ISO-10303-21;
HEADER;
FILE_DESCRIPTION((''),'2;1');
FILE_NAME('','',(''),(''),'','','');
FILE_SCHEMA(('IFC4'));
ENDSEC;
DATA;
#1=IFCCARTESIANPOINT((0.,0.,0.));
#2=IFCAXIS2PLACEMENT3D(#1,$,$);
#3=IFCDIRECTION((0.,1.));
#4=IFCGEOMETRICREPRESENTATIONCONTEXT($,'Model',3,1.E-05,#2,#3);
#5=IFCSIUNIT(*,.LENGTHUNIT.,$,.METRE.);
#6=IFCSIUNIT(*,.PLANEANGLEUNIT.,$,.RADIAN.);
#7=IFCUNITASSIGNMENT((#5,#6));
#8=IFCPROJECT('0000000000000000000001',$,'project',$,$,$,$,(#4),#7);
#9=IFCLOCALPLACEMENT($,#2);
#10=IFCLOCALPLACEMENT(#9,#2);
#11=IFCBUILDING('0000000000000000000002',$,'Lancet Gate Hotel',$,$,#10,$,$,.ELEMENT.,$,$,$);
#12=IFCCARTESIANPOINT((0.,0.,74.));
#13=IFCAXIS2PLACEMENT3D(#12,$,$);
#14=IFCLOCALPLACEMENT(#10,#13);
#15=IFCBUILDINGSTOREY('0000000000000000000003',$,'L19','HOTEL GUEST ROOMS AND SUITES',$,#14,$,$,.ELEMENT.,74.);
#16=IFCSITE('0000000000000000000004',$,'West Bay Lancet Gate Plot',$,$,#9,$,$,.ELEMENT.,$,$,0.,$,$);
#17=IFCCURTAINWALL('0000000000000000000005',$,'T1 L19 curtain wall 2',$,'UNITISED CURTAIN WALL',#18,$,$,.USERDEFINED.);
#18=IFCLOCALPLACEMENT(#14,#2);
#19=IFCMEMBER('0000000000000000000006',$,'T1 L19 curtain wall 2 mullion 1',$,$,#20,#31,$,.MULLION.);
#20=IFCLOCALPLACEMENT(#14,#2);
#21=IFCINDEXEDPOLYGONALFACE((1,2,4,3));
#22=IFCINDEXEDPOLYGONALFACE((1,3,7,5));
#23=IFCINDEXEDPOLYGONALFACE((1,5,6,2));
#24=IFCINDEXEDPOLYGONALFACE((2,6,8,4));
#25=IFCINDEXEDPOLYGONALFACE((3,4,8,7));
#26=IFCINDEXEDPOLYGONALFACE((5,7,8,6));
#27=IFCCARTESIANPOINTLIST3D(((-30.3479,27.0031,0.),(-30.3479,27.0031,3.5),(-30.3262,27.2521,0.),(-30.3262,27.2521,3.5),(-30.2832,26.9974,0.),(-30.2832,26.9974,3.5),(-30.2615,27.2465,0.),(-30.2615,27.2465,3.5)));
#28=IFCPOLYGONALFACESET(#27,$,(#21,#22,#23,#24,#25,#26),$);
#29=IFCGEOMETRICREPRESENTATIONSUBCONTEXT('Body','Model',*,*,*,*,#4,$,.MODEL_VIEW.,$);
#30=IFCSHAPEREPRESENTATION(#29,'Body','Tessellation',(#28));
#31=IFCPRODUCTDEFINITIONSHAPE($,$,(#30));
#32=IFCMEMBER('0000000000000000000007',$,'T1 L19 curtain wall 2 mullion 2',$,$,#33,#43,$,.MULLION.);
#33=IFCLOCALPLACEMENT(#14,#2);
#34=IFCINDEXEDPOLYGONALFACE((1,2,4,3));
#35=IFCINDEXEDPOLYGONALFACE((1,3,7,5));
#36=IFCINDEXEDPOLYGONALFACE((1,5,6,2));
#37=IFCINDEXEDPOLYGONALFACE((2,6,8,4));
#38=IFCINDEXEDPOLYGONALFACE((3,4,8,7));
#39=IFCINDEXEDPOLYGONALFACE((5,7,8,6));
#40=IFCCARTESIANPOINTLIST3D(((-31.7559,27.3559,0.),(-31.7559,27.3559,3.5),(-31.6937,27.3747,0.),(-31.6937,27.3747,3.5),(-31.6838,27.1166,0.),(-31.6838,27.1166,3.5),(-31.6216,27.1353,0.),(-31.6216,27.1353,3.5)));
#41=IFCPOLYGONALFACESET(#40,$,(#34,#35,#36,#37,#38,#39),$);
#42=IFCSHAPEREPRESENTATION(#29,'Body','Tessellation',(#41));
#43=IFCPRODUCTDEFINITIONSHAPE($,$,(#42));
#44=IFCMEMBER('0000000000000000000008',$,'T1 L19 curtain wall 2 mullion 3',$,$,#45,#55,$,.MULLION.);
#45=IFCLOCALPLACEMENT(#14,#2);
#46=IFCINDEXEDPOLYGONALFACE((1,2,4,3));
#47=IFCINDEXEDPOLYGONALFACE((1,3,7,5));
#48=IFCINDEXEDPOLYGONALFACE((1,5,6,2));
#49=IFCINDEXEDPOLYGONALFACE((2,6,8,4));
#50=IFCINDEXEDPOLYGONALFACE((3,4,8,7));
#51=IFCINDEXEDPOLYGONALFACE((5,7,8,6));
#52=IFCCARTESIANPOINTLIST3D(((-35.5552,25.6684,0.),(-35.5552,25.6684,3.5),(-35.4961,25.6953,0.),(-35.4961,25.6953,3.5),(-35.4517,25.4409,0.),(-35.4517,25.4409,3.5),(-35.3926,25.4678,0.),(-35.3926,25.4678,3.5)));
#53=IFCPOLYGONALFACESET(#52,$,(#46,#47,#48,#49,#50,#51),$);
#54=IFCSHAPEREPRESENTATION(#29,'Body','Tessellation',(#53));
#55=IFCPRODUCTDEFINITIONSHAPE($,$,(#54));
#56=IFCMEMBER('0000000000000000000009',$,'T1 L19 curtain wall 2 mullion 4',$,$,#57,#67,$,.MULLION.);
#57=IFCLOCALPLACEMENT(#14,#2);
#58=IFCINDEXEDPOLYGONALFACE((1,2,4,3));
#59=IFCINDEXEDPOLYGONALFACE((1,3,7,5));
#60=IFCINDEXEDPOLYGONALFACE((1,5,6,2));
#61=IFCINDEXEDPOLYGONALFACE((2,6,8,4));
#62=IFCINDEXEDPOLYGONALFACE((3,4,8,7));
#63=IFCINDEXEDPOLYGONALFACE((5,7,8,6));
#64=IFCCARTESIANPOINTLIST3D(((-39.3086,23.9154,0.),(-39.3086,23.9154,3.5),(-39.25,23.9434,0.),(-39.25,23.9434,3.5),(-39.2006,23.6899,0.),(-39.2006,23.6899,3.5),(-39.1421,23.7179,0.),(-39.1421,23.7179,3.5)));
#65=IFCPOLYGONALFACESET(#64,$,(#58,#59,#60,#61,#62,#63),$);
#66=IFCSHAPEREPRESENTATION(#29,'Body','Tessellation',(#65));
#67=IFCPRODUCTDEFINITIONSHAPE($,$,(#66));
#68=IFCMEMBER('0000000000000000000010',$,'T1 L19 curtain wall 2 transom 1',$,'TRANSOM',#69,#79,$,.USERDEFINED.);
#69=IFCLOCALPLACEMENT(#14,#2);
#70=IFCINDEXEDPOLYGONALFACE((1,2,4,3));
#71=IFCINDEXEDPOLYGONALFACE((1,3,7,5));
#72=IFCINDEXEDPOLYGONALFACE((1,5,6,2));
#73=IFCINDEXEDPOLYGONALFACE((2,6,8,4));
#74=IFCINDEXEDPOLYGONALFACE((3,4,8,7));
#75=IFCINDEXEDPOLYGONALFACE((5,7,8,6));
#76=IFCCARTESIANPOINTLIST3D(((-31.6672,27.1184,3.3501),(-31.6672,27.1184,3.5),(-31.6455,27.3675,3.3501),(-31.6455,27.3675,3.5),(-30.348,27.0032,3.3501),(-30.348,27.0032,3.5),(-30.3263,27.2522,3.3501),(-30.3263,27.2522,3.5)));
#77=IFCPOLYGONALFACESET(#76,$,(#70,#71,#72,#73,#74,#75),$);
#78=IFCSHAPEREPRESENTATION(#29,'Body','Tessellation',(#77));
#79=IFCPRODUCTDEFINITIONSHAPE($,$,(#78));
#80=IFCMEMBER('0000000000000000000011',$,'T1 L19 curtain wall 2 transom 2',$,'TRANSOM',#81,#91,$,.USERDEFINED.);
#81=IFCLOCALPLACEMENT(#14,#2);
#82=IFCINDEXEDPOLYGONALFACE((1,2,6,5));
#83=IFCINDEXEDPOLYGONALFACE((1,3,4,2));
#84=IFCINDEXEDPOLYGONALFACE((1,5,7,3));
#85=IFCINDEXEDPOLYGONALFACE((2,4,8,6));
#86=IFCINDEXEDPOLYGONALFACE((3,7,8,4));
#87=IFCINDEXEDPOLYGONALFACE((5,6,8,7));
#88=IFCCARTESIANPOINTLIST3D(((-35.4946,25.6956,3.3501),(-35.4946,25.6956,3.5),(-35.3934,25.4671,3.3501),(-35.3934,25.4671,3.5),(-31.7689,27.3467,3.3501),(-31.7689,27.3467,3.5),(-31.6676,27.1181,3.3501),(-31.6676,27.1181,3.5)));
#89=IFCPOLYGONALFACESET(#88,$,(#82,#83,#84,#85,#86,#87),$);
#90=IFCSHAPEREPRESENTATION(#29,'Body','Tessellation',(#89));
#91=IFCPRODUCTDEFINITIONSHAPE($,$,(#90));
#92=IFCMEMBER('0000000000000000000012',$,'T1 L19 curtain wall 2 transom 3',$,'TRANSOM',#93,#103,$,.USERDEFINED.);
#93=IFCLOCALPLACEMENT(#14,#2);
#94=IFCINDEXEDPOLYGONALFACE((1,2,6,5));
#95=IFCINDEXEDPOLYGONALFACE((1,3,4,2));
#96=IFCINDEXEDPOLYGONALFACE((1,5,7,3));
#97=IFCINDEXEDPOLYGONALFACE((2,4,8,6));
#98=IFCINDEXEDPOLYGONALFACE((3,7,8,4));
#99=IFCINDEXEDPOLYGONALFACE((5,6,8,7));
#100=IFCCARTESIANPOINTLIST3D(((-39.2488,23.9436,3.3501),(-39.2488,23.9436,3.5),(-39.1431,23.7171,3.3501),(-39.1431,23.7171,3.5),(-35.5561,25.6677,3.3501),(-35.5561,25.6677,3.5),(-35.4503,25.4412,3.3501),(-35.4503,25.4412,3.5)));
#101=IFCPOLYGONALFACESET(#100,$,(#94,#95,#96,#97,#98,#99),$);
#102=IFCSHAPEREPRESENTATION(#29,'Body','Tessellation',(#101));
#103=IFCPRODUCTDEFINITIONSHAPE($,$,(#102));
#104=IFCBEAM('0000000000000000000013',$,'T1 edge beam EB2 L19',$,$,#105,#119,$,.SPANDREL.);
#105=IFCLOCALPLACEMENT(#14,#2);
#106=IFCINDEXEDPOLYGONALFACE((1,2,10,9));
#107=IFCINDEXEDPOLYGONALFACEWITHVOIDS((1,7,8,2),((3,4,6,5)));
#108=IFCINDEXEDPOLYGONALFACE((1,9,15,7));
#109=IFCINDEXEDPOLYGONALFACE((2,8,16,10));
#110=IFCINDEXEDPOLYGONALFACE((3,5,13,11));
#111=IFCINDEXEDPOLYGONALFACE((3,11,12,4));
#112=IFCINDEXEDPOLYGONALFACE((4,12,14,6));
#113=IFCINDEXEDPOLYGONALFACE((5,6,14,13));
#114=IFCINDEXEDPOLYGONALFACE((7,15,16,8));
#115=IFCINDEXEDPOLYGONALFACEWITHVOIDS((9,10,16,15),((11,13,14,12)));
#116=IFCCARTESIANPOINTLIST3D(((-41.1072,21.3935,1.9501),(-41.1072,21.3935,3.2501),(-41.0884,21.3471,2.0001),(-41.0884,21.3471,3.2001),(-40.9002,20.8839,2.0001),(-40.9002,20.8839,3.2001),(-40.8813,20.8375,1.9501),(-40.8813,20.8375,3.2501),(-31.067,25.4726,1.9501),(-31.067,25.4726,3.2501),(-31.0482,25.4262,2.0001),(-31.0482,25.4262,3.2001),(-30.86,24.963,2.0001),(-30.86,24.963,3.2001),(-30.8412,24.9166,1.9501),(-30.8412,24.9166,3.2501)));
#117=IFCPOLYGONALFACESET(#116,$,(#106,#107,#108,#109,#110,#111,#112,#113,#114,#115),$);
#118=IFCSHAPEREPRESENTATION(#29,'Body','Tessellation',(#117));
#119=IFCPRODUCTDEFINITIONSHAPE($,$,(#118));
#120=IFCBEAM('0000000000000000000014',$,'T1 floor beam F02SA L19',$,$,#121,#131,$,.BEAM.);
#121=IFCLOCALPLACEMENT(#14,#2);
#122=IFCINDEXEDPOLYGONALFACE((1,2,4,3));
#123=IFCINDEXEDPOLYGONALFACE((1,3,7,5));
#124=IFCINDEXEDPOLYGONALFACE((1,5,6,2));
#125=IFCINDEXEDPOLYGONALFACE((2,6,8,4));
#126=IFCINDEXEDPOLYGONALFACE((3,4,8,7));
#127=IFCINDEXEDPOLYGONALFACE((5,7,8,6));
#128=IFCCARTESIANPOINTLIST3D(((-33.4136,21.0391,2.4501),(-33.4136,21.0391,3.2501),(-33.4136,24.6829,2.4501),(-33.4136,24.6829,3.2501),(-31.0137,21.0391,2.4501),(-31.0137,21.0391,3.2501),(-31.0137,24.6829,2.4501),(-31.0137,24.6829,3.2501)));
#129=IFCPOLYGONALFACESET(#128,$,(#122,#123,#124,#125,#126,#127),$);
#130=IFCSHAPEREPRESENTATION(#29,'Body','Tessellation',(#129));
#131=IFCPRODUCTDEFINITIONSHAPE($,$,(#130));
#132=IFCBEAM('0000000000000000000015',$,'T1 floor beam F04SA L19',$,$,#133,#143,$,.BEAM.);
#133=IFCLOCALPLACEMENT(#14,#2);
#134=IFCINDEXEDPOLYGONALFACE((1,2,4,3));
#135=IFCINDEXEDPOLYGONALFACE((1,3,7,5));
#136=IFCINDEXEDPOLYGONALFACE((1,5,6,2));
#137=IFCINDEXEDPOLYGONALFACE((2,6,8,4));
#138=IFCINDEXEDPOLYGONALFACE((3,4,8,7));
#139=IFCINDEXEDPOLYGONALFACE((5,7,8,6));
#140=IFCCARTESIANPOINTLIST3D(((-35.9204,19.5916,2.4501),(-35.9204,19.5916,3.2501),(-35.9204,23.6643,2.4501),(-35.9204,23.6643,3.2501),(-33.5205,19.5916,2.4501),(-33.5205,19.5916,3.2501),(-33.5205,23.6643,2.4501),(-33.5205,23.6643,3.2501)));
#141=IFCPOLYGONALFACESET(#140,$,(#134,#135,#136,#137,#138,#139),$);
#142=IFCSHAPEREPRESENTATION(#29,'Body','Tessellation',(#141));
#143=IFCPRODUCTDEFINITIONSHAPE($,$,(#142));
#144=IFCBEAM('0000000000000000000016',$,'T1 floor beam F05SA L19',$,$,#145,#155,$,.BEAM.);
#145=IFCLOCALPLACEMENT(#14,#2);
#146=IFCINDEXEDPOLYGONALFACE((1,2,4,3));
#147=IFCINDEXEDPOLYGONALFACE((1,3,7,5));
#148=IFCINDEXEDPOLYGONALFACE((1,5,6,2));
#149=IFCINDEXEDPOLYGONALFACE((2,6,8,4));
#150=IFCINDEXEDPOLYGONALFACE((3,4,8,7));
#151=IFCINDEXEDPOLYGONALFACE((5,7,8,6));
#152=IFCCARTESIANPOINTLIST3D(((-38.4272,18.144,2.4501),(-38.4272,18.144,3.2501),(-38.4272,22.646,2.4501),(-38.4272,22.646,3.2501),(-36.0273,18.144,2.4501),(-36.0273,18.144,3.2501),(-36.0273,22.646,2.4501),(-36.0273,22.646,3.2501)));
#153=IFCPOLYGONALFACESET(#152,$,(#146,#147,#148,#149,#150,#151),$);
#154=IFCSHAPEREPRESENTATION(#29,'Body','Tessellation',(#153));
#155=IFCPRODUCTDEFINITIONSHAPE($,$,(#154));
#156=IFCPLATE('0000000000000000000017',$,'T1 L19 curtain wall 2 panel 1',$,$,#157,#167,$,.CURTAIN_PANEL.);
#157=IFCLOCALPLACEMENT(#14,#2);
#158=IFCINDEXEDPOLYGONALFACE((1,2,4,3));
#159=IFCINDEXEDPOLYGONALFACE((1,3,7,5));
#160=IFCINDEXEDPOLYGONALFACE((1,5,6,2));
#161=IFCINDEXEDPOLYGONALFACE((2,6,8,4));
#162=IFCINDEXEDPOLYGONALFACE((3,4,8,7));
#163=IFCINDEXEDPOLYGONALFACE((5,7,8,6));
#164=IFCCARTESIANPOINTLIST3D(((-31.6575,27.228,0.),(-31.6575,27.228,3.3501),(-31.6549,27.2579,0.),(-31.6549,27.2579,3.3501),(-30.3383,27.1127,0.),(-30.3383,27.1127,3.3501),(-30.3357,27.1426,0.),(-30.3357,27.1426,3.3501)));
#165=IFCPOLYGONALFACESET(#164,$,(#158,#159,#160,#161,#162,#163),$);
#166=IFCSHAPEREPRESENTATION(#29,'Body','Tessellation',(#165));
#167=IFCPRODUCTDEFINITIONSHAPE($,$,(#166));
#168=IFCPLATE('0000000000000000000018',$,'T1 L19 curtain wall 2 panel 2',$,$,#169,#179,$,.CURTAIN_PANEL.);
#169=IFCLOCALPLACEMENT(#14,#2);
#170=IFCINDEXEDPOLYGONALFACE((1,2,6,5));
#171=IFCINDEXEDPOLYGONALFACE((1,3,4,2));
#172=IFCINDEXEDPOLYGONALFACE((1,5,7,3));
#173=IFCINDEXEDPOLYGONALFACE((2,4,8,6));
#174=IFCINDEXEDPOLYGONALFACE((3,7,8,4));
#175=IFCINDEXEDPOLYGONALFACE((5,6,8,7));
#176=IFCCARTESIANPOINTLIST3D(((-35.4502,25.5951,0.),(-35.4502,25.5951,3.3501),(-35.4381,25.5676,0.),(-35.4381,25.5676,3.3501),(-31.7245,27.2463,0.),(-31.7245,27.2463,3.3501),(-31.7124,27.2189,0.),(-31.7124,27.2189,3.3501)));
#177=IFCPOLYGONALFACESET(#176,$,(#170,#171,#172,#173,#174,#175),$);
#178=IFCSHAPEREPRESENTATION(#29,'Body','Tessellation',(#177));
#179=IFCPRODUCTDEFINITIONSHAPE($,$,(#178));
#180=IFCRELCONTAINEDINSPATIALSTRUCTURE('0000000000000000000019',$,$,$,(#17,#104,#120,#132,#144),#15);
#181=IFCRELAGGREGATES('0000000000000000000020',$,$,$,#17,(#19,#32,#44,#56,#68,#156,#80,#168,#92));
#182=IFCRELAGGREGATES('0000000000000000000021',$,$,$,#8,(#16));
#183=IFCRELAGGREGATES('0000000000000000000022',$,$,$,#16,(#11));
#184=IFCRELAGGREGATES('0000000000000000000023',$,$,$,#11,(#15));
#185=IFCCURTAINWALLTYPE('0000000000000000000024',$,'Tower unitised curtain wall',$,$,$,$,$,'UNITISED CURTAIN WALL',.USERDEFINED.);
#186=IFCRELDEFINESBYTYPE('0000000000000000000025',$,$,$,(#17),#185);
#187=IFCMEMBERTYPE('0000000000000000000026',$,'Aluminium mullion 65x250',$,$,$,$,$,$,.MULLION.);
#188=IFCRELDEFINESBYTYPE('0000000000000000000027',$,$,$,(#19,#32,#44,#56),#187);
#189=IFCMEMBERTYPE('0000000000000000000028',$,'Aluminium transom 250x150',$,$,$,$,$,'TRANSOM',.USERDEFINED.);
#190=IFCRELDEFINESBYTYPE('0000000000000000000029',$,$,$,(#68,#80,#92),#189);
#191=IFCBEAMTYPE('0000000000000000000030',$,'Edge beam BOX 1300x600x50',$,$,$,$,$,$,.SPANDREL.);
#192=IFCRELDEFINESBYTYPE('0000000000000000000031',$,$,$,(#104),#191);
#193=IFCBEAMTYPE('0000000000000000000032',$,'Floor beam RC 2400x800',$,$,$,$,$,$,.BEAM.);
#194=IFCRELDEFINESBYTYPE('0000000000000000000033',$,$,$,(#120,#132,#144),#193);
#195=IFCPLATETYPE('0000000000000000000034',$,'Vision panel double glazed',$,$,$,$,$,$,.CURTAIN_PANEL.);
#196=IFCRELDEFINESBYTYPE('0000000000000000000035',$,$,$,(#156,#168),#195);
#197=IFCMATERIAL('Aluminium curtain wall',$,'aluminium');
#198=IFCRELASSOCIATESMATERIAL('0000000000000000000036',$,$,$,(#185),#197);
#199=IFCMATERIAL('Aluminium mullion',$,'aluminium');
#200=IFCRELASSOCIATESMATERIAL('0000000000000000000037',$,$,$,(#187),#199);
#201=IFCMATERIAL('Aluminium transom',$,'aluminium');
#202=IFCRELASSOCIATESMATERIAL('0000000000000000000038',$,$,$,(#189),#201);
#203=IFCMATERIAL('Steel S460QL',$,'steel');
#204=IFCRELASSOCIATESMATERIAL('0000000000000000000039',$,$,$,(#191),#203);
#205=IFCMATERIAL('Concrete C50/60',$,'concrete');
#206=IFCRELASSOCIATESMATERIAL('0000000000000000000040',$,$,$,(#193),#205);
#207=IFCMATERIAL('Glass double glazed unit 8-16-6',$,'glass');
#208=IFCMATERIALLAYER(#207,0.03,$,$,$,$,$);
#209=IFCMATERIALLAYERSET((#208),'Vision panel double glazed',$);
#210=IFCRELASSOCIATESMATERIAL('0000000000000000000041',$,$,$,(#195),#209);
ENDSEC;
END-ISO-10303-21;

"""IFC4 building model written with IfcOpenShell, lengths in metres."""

from ifc_helpers import new_model, si_unit, direction, frame, origin, origin_2d, place, context, subcontext, project, spatial, rectangle, hollow_rectangle, extrude, material, layer, layer_set, material_profile, profile_set, type_object, element, aggregate, save


model = new_model("IFC4")

# Units and contexts
model_context = context("Model", 3, precision=1e-05, world=origin(), true_north=direction((0.0, 1.0)))
body_context = subcontext(model_context, "Body", "Model", "MODEL_VIEW")
ifc_project = project(units=[si_unit("LENGTHUNIT", "METRE"), si_unit("PLANEANGLEUNIT", "RADIAN")], contexts=[model_context])

# Site, building, storey
site_placement = place(None, origin())
site = spatial("IfcSite", under=ifc_project, at=site_placement, Name="West Bay Lancet Gate Plot", CompositionType="ELEMENT", RefElevation=0.0)
building_placement = place(site_placement, origin())
building = spatial("IfcBuilding", under=site, at=building_placement, Name="Lancet Gate Hotel", CompositionType="ELEMENT")
storey_placement = place(building_placement, frame((0.0, 0.0, 74.0)))
storey = spatial("IfcBuildingStorey", under=building, at=storey_placement, Name="L19", Description="HOTEL GUEST ROOMS AND SUITES", CompositionType="ELEMENT", Elevation=74.0)

# Curtain wall, members
ifc_material_1 = material(Name="Aluminium curtain wall", Category="aluminium")
curtain_wall_type = type_object("IfcCurtainWallType", Name="Tower unitised curtain wall", ElementType="UNITISED CURTAIN WALL", PredefinedType="USERDEFINED", material=ifc_material_1)
curtain_wall_placement = place(storey_placement, origin())
curtain_wall = element("IfcCurtainWall", 1, at=curtain_wall_placement, inside=storey, type_object=curtain_wall_type, Name="T1 L19 curtain wall 2", ObjectType="UNITISED CURTAIN WALL", PredefinedType="USERDEFINED")
ifc_material_2 = material(Name="Aluminium mullion", Category="aluminium")
ifc_material_profile_1 = material_profile(ifc_material_2, rectangle(XDim=0.0649, YDim=0.25, at=origin_2d()), Name="MULLION 65x250")
ifc_profile_set_1 = profile_set([ifc_material_profile_1], Name="Aluminium mullion")
member_type_1 = type_object("IfcMemberType", Name="Aluminium mullion 65x250", PredefinedType="MULLION", material=ifc_profile_set_1)
member_1_placement = place(storey_placement, frame((-30.3047, 27.1248, 0.0), z_axis=(0.0, 0.0, 1.0), x_axis=(-0.996204, 0.087052, 0.0)))
member_1 = element("IfcMember", 2, at=member_1_placement, type_object=member_type_1, Name="T1 L19 curtain wall 2 mullion 1", PredefinedType="MULLION", context=body_context, shape_type="SweptSolid", body=[
    extrude(rectangle(XDim=0.0649, YDim=0.25, at=origin_2d()), origin(), (0.0, 0.0, 1.0), 3.5),
])
member_2_placement = place(storey_placement, frame((-31.6887, 27.2456, 0.0), z_axis=(0.0, 0.0, 1.0), x_axis=(-0.957524, -0.288352, 0.0)))
member_2 = element("IfcMember", 3, at=member_2_placement, type_object=member_type_1, Name="T1 L19 curtain wall 2 mullion 2", PredefinedType="MULLION", context=body_context, shape_type="SweptSolid", body=[
    extrude(rectangle(XDim=0.0649, YDim=0.25, at=origin_2d()), origin(), (0.0, 0.0, 1.0), 3.5),
])
member_3_placement = place(storey_placement, frame((-35.4739, 25.5681, 0.0), z_axis=(0.0, 0.0, 1.0), x_axis=(-0.91022, -0.414126, 0.0)))
member_3 = element("IfcMember", 4, at=member_3_placement, type_object=member_type_1, Name="T1 L19 curtain wall 2 mullion 3", PredefinedType="MULLION", context=body_context, shape_type="SweptSolid", body=[
    extrude(rectangle(XDim=0.0649, YDim=0.25, at=origin_2d()), origin(), (0.0, 0.0, 1.0), 3.5),
])
member_4_placement = place(storey_placement, frame((-39.2253, 23.8167, 0.0), z_axis=(0.0, 0.0, 1.0), x_axis=(-0.901929, -0.431885, 0.0)))
member_4 = element("IfcMember", 5, at=member_4_placement, type_object=member_type_1, Name="T1 L19 curtain wall 2 mullion 4", PredefinedType="MULLION", context=body_context, shape_type="SweptSolid", body=[
    extrude(rectangle(XDim=0.0649, YDim=0.25, at=origin_2d()), origin(), (0.0, 0.0, 1.0), 3.5),
])
ifc_material_3 = material(Name="Aluminium transom", Category="aluminium")
ifc_material_profile_2 = material_profile(ifc_material_3, rectangle(XDim=0.25, YDim=0.1499, at=origin_2d()), Name="TRANSOM 250x150")
ifc_profile_set_2 = profile_set([ifc_material_profile_2], Name="Aluminium transom")
member_type_2 = type_object("IfcMemberType", Name="Aluminium transom 250x150", ElementType="TRANSOM", PredefinedType="USERDEFINED", material=ifc_profile_set_2)
member_5_placement = place(storey_placement, frame((-30.3372, 27.1277, 3.425), z_axis=(-0.996206, 0.087027, 0.0), x_axis=(-0.087027, -0.996206, 0.0)))
member_5 = element("IfcMember", 6, at=member_5_placement, type_object=member_type_2, Name="T1 L19 curtain wall 2 transom 1", ObjectType="TRANSOM", PredefinedType="USERDEFINED", context=body_context, shape_type="SweptSolid", body=[
    extrude(rectangle(XDim=0.25, YDim=0.1499, at=origin_2d()), origin(), (0.0, 0.0, 1.0), 1.3242),
])
member_6_placement = place(storey_placement, frame((-31.7183, 27.2324, 3.425), z_axis=(-0.914248, -0.405154, 0.0), x_axis=(0.405154, -0.914248, 0.0)))
member_6 = element("IfcMember", 7, at=member_6_placement, type_object=member_type_2, Name="T1 L19 curtain wall 2 transom 2", ObjectType="TRANSOM", PredefinedType="USERDEFINED", context=body_context, shape_type="SweptSolid", body=[
    extrude(rectangle(XDim=0.25, YDim=0.1499, at=origin_2d()), origin(), (0.0, 0.0, 1.0), 4.0752),
])
member_7_placement = place(storey_placement, frame((-35.5032, 25.5544, 3.425), z_axis=(-0.90611, -0.423043, 0.0), x_axis=(0.423043, -0.90611, 0.0)))
member_7 = element("IfcMember", 8, at=member_7_placement, type_object=member_type_2, Name="T1 L19 curtain wall 2 transom 3", ObjectType="TRANSOM", PredefinedType="USERDEFINED", context=body_context, shape_type="SweptSolid", body=[
    extrude(rectangle(XDim=0.25, YDim=0.1499, at=origin_2d()), origin(), (0.0, 0.0, 1.0), 4.0754),
])

# Beams
ifc_material_4 = material(Name="Steel S460QL", Category="steel")
ifc_material_profile_3 = material_profile(ifc_material_4, hollow_rectangle(XDim=0.6001, YDim=1.3, WallThickness=0.05, at=origin_2d()), Name="BOX 1300x600x50")
ifc_profile_set_3 = profile_set([ifc_material_profile_3], Name="Steel S460QL")
beam_type_1 = type_object("IfcBeamType", Name="Edge beam BOX 1300x600x50", PredefinedType="SPANDREL", material=ifc_profile_set_3)
beam_1_placement = place(storey_placement, frame((-30.9541, 25.1946, 2.6001), z_axis=(-0.926459, -0.376396, 0.0), x_axis=(0.376396, -0.926459, 0.0)))
element("IfcBeam", 9, at=beam_1_placement, inside=storey, type_object=beam_type_1, Name="T1 edge beam EB2 L19", PredefinedType="SPANDREL", context=body_context, shape_type="SweptSolid", body=[
    extrude(hollow_rectangle(XDim=0.6001, YDim=1.3, WallThickness=0.05, at=origin_2d()), origin(), (0.0, 0.0, 1.0), 10.8372),
])
ifc_material_5 = material(Name="Concrete C50/60", Category="concrete")
ifc_material_profile_4 = material_profile(ifc_material_5, rectangle(XDim=2.3999, YDim=0.8, at=origin_2d()), Name="RC 2400x800")
ifc_profile_set_4 = profile_set([ifc_material_profile_4], Name="Concrete C50/60")
beam_type_2 = type_object("IfcBeamType", Name="Floor beam RC 2400x800", PredefinedType="BEAM", material=ifc_profile_set_4)
beam_2_placement = place(storey_placement, frame((-32.2136, 24.6829, 2.8501), z_axis=(0.0, -1.0, 0.0), x_axis=(1.0, 0.0, 0.0)))
element("IfcBeam", 10, at=beam_2_placement, inside=storey, type_object=beam_type_2, Name="T1 floor beam F02SA L19", PredefinedType="BEAM", context=body_context, shape_type="SweptSolid", body=[
    extrude(rectangle(XDim=2.3999, YDim=0.8, at=origin_2d()), origin(), (0.0, 0.0, 1.0), 3.6438),
])
beam_3_placement = place(storey_placement, frame((-34.7205, 23.6643, 2.8501), z_axis=(0.0, -1.0, 0.0), x_axis=(1.0, 0.0, 0.0)))
element("IfcBeam", 11, at=beam_3_placement, inside=storey, type_object=beam_type_2, Name="T1 floor beam F04SA L19", PredefinedType="BEAM", context=body_context, shape_type="SweptSolid", body=[
    extrude(rectangle(XDim=2.3999, YDim=0.8, at=origin_2d()), origin(), (0.0, 0.0, 1.0), 4.0728),
])
beam_4_placement = place(storey_placement, frame((-37.2273, 22.646, 2.8501), z_axis=(0.0, -1.0, 0.0), x_axis=(1.0, 0.0, 0.0)))
element("IfcBeam", 12, at=beam_4_placement, inside=storey, type_object=beam_type_2, Name="T1 floor beam F05SA L19", PredefinedType="BEAM", context=body_context, shape_type="SweptSolid", body=[
    extrude(rectangle(XDim=2.3999, YDim=0.8, at=origin_2d()), origin(), (0.0, 0.0, 1.0), 4.502),
])

# Plates
ifc_material_6 = material(Name="Glass double glazed unit 8-16-6", Category="glass")
ifc_layer_1 = layer(ifc_material_6, 0.03)
ifc_layer_set_1 = layer_set([ifc_layer_1], Name="Vision panel double glazed")
plate_type = type_object("IfcPlateType", Name="Vision panel double glazed", PredefinedType="CURTAIN_PANEL", material=ifc_layer_set_1)
plate_1_placement = place(storey_placement, frame((-30.9966, 27.1853, 0.0), z_axis=(0.0, 0.0, 1.0), x_axis=(-0.996204, 0.087052, 0.0)))
plate_1 = element("IfcPlate", 13, at=plate_1_placement, type_object=plate_type, Name="T1 L19 curtain wall 2 panel 1", PredefinedType="CURTAIN_PANEL", context=body_context, shape_type="SweptSolid", body=[
    extrude(rectangle(XDim=1.3242, YDim=0.03, at=origin_2d()), origin(), (0.0, 0.0, 1.0), 3.3501),
])
plate_2_placement = place(storey_placement, frame((-33.5813, 26.407, 0.0), z_axis=(0.0, 0.0, 1.0), x_axis=(-0.914234, -0.405186, 0.0)))
plate_2 = element("IfcPlate", 14, at=plate_2_placement, type_object=plate_type, Name="T1 L19 curtain wall 2 panel 2", PredefinedType="CURTAIN_PANEL", context=body_context, shape_type="SweptSolid", body=[
    extrude(rectangle(XDim=4.0752, YDim=0.03, at=origin_2d()), origin(), (0.0, 0.0, 1.0), 3.3501),
])
aggregate(curtain_wall, [member_1, member_2, member_3, member_4, member_5, plate_1, member_6, plate_2, member_7])

save(model, "model.ifc")
